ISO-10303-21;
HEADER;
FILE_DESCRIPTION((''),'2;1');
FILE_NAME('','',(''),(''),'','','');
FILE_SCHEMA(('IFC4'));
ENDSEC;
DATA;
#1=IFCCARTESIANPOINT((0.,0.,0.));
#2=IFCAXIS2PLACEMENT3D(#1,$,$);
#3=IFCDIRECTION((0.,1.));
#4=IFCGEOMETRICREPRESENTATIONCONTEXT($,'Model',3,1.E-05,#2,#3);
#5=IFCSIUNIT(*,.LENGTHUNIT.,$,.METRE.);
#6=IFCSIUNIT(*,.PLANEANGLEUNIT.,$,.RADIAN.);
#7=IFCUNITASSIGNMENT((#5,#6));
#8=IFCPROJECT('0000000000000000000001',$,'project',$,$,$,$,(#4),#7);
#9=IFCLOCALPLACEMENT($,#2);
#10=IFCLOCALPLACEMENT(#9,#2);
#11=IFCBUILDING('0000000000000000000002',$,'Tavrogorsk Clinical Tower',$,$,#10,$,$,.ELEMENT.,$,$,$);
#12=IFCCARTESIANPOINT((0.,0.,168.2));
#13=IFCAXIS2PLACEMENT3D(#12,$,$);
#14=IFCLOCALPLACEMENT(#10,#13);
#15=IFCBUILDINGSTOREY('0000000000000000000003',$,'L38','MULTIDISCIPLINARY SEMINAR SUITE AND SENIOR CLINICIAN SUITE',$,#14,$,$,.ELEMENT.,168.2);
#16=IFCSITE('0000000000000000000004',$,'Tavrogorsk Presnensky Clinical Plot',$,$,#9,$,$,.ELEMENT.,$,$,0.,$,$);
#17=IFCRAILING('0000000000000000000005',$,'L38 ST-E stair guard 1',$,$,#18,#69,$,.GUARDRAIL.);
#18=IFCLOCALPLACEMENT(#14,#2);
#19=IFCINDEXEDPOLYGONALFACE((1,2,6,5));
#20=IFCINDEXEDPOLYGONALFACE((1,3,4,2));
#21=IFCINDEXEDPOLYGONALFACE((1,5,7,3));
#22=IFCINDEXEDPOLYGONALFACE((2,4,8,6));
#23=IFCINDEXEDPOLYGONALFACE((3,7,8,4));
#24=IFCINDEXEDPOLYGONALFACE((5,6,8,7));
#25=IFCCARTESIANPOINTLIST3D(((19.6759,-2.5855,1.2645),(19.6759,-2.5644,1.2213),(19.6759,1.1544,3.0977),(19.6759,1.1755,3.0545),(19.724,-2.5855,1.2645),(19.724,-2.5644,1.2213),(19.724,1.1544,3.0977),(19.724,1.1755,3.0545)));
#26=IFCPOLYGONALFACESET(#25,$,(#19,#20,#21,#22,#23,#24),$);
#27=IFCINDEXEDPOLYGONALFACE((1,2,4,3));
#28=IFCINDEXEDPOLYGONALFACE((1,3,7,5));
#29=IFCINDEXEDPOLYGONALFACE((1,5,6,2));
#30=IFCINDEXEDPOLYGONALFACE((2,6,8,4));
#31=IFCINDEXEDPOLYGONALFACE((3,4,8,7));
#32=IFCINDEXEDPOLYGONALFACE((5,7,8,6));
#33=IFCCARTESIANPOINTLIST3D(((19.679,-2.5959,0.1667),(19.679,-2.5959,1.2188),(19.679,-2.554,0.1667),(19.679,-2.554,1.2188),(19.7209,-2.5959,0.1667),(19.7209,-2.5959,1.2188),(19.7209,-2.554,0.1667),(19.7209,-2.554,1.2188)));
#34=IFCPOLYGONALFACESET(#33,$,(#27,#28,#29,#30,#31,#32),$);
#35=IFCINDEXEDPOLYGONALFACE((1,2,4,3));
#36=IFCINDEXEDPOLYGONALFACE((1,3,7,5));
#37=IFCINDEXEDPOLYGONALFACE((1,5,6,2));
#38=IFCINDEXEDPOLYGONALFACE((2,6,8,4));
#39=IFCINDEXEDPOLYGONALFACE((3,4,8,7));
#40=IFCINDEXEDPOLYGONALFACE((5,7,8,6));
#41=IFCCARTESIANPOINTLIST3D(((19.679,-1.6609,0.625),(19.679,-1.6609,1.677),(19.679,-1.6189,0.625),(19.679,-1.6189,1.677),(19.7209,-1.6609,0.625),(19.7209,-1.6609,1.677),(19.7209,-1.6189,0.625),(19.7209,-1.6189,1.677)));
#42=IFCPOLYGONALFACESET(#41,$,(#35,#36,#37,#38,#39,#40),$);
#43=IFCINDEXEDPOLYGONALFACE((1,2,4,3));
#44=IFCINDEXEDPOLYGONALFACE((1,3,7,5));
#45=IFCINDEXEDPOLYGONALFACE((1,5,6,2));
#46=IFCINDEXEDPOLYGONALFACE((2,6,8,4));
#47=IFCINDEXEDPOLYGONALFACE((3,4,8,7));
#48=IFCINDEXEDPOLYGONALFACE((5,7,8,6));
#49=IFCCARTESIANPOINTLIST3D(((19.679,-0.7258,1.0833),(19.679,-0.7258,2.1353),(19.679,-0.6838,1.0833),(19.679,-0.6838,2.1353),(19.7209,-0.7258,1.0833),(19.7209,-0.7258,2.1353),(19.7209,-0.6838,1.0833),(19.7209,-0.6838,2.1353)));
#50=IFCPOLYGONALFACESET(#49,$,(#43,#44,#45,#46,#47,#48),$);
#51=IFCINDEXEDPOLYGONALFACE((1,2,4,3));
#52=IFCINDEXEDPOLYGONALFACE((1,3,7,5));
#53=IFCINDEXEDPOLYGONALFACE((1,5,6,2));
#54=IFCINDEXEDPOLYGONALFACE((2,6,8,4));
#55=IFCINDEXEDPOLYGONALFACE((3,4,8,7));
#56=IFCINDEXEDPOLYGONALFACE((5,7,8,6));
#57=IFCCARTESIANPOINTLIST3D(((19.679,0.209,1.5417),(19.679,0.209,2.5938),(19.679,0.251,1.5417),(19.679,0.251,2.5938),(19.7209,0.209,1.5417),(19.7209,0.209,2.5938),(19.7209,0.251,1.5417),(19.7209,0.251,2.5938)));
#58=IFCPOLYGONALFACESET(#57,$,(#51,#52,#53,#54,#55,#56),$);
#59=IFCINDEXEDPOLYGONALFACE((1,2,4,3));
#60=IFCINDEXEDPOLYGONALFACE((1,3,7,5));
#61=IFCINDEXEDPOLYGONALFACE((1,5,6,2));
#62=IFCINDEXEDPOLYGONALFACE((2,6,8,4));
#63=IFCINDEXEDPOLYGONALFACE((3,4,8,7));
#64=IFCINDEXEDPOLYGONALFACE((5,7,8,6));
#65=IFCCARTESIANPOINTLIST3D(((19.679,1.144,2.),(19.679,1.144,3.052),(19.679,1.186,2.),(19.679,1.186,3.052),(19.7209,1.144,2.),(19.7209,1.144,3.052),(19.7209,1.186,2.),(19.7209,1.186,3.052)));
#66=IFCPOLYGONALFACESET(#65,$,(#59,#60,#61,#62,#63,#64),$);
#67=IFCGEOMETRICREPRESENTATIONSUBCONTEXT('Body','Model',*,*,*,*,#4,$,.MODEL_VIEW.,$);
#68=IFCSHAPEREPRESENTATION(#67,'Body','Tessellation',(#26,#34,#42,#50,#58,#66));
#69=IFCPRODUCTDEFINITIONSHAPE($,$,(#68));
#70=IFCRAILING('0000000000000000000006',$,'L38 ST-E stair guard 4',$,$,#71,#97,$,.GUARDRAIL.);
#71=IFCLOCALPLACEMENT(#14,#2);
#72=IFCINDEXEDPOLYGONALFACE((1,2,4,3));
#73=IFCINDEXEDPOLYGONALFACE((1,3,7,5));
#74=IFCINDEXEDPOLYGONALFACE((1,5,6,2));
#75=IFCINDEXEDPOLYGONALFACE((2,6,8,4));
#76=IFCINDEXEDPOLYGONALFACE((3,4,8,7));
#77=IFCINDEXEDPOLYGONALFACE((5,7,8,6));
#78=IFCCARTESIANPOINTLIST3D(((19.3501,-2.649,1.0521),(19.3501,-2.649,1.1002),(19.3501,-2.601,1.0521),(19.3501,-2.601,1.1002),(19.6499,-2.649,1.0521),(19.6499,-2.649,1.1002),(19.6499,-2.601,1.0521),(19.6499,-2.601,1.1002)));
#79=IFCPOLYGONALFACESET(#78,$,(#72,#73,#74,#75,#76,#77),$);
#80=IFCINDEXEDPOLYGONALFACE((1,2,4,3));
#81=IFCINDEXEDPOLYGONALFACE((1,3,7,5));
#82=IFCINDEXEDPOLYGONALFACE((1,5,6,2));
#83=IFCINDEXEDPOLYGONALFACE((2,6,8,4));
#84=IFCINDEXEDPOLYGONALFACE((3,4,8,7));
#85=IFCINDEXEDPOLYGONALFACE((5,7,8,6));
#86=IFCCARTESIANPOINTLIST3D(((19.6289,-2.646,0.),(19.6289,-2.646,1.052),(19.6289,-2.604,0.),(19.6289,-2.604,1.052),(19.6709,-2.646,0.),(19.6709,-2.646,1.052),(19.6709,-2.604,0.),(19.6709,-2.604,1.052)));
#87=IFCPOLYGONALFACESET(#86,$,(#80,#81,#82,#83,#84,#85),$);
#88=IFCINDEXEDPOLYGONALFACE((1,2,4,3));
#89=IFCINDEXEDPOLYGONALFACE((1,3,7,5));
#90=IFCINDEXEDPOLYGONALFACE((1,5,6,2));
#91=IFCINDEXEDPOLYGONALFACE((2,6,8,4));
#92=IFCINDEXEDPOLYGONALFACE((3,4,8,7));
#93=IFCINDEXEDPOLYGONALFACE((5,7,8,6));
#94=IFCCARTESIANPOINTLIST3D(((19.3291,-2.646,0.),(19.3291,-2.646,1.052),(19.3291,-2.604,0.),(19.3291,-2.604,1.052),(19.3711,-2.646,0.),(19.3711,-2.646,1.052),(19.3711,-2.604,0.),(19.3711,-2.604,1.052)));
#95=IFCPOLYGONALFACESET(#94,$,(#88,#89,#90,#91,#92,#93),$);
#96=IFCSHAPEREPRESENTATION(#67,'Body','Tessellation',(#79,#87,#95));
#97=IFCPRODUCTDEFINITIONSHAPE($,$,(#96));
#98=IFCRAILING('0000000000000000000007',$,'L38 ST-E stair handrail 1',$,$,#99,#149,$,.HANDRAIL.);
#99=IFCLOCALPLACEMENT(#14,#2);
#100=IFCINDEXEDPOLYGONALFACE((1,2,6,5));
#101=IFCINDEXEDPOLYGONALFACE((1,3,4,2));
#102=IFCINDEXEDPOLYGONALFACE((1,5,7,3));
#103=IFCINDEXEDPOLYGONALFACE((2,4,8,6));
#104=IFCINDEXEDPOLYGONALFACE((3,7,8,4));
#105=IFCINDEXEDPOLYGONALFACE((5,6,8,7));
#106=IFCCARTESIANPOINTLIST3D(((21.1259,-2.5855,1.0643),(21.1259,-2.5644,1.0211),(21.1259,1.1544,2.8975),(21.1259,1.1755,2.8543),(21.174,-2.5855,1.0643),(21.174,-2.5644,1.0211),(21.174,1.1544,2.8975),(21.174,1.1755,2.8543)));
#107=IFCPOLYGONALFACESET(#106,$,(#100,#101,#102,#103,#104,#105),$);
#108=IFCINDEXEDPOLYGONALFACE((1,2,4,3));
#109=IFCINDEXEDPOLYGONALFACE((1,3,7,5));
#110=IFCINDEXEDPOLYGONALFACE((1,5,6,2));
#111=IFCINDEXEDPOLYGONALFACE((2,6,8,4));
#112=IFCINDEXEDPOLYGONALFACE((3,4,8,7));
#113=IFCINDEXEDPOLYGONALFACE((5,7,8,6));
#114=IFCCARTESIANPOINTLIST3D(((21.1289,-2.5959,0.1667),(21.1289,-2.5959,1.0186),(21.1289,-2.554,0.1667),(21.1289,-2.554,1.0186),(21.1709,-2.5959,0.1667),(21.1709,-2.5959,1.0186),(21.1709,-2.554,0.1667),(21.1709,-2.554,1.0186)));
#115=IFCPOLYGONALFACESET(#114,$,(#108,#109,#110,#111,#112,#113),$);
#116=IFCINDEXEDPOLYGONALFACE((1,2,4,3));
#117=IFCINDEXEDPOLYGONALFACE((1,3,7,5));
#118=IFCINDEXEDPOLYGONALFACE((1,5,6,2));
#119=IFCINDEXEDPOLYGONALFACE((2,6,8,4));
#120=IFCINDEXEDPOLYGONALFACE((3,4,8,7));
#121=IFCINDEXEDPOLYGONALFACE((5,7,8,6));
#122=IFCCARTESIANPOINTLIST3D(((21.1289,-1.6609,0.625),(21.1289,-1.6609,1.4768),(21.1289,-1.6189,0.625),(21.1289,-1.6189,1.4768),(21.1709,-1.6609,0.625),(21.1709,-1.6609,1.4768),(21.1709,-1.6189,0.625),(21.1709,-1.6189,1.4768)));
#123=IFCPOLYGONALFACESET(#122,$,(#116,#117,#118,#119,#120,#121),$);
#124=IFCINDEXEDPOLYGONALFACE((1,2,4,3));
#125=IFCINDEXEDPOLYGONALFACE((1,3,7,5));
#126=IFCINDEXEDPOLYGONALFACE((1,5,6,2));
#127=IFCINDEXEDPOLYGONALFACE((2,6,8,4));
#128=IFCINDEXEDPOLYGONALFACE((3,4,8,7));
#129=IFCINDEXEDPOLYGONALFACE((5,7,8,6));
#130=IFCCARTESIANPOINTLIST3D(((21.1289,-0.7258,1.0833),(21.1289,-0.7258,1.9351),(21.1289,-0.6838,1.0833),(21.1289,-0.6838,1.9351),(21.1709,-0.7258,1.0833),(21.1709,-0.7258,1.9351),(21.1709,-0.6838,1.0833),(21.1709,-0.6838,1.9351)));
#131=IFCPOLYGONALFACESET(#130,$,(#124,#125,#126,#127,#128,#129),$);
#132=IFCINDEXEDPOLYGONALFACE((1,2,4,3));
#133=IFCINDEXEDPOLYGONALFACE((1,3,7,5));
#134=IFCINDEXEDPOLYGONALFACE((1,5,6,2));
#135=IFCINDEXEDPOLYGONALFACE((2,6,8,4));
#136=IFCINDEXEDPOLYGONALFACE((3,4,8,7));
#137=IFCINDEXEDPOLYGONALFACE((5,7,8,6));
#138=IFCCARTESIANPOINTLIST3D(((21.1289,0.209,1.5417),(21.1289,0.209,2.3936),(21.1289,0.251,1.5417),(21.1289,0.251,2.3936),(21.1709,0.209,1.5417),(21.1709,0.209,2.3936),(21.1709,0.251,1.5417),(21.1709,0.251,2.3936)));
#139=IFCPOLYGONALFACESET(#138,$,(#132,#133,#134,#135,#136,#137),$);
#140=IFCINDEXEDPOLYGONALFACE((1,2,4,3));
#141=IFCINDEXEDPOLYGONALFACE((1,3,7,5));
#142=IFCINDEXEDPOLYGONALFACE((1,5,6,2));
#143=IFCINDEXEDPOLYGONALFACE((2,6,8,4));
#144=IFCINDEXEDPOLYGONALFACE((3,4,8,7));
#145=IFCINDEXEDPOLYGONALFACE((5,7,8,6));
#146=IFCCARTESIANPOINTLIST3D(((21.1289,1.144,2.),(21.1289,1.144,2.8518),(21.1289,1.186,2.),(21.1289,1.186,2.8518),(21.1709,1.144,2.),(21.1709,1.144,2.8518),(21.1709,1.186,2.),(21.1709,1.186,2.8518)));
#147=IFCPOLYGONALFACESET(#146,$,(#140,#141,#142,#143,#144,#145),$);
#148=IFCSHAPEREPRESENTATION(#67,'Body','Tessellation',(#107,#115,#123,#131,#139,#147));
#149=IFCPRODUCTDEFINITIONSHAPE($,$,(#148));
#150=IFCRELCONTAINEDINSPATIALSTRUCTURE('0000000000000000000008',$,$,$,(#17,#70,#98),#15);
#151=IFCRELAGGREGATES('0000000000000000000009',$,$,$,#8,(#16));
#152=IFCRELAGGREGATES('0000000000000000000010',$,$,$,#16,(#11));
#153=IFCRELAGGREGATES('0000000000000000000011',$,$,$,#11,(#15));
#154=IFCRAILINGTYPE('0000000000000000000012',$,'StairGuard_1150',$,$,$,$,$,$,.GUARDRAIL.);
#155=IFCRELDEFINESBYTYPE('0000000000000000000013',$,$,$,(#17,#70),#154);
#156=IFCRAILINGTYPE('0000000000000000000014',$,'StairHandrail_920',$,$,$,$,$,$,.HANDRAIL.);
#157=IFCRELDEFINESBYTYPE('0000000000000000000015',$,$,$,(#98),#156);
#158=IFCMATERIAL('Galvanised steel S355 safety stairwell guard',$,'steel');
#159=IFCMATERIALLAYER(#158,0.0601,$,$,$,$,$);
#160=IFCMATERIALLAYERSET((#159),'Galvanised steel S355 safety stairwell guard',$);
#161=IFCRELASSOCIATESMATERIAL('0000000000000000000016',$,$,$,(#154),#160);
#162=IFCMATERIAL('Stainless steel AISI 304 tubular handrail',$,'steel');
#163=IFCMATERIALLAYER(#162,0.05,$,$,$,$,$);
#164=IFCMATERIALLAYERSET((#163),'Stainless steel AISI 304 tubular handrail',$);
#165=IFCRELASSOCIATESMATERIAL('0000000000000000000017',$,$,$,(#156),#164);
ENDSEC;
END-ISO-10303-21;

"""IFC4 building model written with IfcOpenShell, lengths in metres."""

from ifc_helpers import new_model, si_unit, direction, frame, origin, origin_2d, place, context, subcontext, project, spatial, rectangle, extrude, material, layer, layer_set, type_object, element, save


model = new_model("IFC4")

# Units and contexts
model_context = context("Model", 3, precision=1e-05, world=origin(), true_north=direction((0.0, 1.0)))
body_context = subcontext(model_context, "Body", "Model", "MODEL_VIEW")
ifc_project = project(units=[si_unit("LENGTHUNIT", "METRE"), si_unit("PLANEANGLEUNIT", "RADIAN")], contexts=[model_context])

# Site, building, storey
site_placement = place(None, origin())
site = spatial("IfcSite", under=ifc_project, at=site_placement, Name="Tavrogorsk Presnensky Clinical Plot", CompositionType="ELEMENT", RefElevation=0.0)
building_placement = place(site_placement, origin())
building = spatial("IfcBuilding", under=site, at=building_placement, Name="Tavrogorsk Clinical Tower", CompositionType="ELEMENT")
storey_placement = place(building_placement, frame((0.0, 0.0, 168.2)))
storey = spatial("IfcBuildingStorey", under=building, at=storey_placement, Name="L38", Description="MULTIDISCIPLINARY SEMINAR SUITE AND SENIOR CLINICIAN SUITE", CompositionType="ELEMENT", Elevation=168.2)

# Railings
ifc_material_1 = material(Name="Galvanised steel S355 safety stairwell guard", Category="steel")
ifc_layer_1 = layer(ifc_material_1, 0.0601)
ifc_layer_set_1 = layer_set([ifc_layer_1], Name="Galvanised steel S355 safety stairwell guard")
railing_type_1 = type_object("IfcRailingType", Name="StairGuard_1150", PredefinedType="GUARDRAIL", material=ifc_layer_set_1)
railing_1_placement = place(storey_placement, frame((19.7, -2.575, 0.1667)))
element("IfcRailing", 1, at=railing_1_placement, inside=storey, type_object=railing_type_1, Name="L38 ST-E stair guard 1", PredefinedType="GUARDRAIL", context=body_context, shape_type="SweptSolid", body=[
    extrude(rectangle(XDim=0.0481, YDim=0.0481, at=origin_2d()), frame((0.0, 0.0, 1.0762), z_axis=(0.0, 0.897928, 0.440142), x_axis=(-1.0, 0.0, 0.0)), (0.0, 0.0, 1.0), 4.165),
    extrude(rectangle(XDim=0.042, YDim=0.042, at=origin_2d()), origin(), (0.0, 0.0, 1.0), 1.052),
    extrude(rectangle(XDim=0.042, YDim=0.042, at=origin_2d()), frame((0.0, 0.9351, 0.4583)), (0.0, 0.0, 1.0), 1.052),
    extrude(rectangle(XDim=0.042, YDim=0.042, at=origin_2d()), frame((0.0, 1.8701, 0.9165)), (0.0, 0.0, 1.0), 1.052),
    extrude(rectangle(XDim=0.042, YDim=0.042, at=origin_2d()), frame((0.0, 2.8049, 1.375)), (0.0, 0.0, 1.0), 1.052),
    extrude(rectangle(XDim=0.042, YDim=0.042, at=origin_2d()), frame((0.0, 3.74, 1.8333)), (0.0, 0.0, 1.0), 1.052),
])
railing_2_placement = place(storey_placement, frame((19.6499, -2.625, 0.0)))
element("IfcRailing", 2, at=railing_2_placement, inside=storey, type_object=railing_type_1, Name="L38 ST-E stair guard 4", PredefinedType="GUARDRAIL", context=body_context, shape_type="SweptSolid", body=[
    extrude(rectangle(XDim=0.0481, YDim=0.0481, at=origin_2d()), frame((0.0, 0.0, 1.0762), z_axis=(-1.0, 0.0, 0.0), x_axis=(0.0, -1.0, 0.0)), (0.0, 0.0, 1.0), 0.2998),
    extrude(rectangle(XDim=0.042, YDim=0.042, at=origin_2d()), origin(), (0.0, 0.0, 1.0), 1.052),
    extrude(rectangle(XDim=0.042, YDim=0.042, at=origin_2d()), frame((-0.2998, 0.0, 0.0)), (0.0, 0.0, 1.0), 1.052),
])
ifc_material_2 = material(Name="Stainless steel AISI 304 tubular handrail", Category="steel")
ifc_layer_2 = layer(ifc_material_2, 0.05)
ifc_layer_set_2 = layer_set([ifc_layer_2], Name="Stainless steel AISI 304 tubular handrail")
railing_type_2 = type_object("IfcRailingType", Name="StairHandrail_920", PredefinedType="HANDRAIL", material=ifc_layer_set_2)
railing_3_placement = place(storey_placement, frame((21.1499, -2.575, 0.1667)))
element("IfcRailing", 3, at=railing_3_placement, inside=storey, type_object=railing_type_2, Name="L38 ST-E stair handrail 1", PredefinedType="HANDRAIL", context=body_context, shape_type="SweptSolid", body=[
    extrude(rectangle(XDim=0.0481, YDim=0.0481, at=origin_2d()), frame((0.0, 0.0, 0.876), z_axis=(0.0, 0.897928, 0.440142), x_axis=(-1.0, 0.0, 0.0)), (0.0, 0.0, 1.0), 4.165),
    extrude(rectangle(XDim=0.042, YDim=0.042, at=origin_2d()), origin(), (0.0, 0.0, 1.0), 0.8518),
    extrude(rectangle(XDim=0.042, YDim=0.042, at=origin_2d()), frame((0.0, 0.9351, 0.4583)), (0.0, 0.0, 1.0), 0.8518),
    extrude(rectangle(XDim=0.042, YDim=0.042, at=origin_2d()), frame((0.0, 1.8701, 0.9165)), (0.0, 0.0, 1.0), 0.8518),
    extrude(rectangle(XDim=0.042, YDim=0.042, at=origin_2d()), frame((0.0, 2.8049, 1.375)), (0.0, 0.0, 1.0), 0.8518),
    extrude(rectangle(XDim=0.042, YDim=0.042, at=origin_2d()), frame((0.0, 3.74, 1.8333)), (0.0, 0.0, 1.0), 0.8518),
])

save(model, "model.ifc")
